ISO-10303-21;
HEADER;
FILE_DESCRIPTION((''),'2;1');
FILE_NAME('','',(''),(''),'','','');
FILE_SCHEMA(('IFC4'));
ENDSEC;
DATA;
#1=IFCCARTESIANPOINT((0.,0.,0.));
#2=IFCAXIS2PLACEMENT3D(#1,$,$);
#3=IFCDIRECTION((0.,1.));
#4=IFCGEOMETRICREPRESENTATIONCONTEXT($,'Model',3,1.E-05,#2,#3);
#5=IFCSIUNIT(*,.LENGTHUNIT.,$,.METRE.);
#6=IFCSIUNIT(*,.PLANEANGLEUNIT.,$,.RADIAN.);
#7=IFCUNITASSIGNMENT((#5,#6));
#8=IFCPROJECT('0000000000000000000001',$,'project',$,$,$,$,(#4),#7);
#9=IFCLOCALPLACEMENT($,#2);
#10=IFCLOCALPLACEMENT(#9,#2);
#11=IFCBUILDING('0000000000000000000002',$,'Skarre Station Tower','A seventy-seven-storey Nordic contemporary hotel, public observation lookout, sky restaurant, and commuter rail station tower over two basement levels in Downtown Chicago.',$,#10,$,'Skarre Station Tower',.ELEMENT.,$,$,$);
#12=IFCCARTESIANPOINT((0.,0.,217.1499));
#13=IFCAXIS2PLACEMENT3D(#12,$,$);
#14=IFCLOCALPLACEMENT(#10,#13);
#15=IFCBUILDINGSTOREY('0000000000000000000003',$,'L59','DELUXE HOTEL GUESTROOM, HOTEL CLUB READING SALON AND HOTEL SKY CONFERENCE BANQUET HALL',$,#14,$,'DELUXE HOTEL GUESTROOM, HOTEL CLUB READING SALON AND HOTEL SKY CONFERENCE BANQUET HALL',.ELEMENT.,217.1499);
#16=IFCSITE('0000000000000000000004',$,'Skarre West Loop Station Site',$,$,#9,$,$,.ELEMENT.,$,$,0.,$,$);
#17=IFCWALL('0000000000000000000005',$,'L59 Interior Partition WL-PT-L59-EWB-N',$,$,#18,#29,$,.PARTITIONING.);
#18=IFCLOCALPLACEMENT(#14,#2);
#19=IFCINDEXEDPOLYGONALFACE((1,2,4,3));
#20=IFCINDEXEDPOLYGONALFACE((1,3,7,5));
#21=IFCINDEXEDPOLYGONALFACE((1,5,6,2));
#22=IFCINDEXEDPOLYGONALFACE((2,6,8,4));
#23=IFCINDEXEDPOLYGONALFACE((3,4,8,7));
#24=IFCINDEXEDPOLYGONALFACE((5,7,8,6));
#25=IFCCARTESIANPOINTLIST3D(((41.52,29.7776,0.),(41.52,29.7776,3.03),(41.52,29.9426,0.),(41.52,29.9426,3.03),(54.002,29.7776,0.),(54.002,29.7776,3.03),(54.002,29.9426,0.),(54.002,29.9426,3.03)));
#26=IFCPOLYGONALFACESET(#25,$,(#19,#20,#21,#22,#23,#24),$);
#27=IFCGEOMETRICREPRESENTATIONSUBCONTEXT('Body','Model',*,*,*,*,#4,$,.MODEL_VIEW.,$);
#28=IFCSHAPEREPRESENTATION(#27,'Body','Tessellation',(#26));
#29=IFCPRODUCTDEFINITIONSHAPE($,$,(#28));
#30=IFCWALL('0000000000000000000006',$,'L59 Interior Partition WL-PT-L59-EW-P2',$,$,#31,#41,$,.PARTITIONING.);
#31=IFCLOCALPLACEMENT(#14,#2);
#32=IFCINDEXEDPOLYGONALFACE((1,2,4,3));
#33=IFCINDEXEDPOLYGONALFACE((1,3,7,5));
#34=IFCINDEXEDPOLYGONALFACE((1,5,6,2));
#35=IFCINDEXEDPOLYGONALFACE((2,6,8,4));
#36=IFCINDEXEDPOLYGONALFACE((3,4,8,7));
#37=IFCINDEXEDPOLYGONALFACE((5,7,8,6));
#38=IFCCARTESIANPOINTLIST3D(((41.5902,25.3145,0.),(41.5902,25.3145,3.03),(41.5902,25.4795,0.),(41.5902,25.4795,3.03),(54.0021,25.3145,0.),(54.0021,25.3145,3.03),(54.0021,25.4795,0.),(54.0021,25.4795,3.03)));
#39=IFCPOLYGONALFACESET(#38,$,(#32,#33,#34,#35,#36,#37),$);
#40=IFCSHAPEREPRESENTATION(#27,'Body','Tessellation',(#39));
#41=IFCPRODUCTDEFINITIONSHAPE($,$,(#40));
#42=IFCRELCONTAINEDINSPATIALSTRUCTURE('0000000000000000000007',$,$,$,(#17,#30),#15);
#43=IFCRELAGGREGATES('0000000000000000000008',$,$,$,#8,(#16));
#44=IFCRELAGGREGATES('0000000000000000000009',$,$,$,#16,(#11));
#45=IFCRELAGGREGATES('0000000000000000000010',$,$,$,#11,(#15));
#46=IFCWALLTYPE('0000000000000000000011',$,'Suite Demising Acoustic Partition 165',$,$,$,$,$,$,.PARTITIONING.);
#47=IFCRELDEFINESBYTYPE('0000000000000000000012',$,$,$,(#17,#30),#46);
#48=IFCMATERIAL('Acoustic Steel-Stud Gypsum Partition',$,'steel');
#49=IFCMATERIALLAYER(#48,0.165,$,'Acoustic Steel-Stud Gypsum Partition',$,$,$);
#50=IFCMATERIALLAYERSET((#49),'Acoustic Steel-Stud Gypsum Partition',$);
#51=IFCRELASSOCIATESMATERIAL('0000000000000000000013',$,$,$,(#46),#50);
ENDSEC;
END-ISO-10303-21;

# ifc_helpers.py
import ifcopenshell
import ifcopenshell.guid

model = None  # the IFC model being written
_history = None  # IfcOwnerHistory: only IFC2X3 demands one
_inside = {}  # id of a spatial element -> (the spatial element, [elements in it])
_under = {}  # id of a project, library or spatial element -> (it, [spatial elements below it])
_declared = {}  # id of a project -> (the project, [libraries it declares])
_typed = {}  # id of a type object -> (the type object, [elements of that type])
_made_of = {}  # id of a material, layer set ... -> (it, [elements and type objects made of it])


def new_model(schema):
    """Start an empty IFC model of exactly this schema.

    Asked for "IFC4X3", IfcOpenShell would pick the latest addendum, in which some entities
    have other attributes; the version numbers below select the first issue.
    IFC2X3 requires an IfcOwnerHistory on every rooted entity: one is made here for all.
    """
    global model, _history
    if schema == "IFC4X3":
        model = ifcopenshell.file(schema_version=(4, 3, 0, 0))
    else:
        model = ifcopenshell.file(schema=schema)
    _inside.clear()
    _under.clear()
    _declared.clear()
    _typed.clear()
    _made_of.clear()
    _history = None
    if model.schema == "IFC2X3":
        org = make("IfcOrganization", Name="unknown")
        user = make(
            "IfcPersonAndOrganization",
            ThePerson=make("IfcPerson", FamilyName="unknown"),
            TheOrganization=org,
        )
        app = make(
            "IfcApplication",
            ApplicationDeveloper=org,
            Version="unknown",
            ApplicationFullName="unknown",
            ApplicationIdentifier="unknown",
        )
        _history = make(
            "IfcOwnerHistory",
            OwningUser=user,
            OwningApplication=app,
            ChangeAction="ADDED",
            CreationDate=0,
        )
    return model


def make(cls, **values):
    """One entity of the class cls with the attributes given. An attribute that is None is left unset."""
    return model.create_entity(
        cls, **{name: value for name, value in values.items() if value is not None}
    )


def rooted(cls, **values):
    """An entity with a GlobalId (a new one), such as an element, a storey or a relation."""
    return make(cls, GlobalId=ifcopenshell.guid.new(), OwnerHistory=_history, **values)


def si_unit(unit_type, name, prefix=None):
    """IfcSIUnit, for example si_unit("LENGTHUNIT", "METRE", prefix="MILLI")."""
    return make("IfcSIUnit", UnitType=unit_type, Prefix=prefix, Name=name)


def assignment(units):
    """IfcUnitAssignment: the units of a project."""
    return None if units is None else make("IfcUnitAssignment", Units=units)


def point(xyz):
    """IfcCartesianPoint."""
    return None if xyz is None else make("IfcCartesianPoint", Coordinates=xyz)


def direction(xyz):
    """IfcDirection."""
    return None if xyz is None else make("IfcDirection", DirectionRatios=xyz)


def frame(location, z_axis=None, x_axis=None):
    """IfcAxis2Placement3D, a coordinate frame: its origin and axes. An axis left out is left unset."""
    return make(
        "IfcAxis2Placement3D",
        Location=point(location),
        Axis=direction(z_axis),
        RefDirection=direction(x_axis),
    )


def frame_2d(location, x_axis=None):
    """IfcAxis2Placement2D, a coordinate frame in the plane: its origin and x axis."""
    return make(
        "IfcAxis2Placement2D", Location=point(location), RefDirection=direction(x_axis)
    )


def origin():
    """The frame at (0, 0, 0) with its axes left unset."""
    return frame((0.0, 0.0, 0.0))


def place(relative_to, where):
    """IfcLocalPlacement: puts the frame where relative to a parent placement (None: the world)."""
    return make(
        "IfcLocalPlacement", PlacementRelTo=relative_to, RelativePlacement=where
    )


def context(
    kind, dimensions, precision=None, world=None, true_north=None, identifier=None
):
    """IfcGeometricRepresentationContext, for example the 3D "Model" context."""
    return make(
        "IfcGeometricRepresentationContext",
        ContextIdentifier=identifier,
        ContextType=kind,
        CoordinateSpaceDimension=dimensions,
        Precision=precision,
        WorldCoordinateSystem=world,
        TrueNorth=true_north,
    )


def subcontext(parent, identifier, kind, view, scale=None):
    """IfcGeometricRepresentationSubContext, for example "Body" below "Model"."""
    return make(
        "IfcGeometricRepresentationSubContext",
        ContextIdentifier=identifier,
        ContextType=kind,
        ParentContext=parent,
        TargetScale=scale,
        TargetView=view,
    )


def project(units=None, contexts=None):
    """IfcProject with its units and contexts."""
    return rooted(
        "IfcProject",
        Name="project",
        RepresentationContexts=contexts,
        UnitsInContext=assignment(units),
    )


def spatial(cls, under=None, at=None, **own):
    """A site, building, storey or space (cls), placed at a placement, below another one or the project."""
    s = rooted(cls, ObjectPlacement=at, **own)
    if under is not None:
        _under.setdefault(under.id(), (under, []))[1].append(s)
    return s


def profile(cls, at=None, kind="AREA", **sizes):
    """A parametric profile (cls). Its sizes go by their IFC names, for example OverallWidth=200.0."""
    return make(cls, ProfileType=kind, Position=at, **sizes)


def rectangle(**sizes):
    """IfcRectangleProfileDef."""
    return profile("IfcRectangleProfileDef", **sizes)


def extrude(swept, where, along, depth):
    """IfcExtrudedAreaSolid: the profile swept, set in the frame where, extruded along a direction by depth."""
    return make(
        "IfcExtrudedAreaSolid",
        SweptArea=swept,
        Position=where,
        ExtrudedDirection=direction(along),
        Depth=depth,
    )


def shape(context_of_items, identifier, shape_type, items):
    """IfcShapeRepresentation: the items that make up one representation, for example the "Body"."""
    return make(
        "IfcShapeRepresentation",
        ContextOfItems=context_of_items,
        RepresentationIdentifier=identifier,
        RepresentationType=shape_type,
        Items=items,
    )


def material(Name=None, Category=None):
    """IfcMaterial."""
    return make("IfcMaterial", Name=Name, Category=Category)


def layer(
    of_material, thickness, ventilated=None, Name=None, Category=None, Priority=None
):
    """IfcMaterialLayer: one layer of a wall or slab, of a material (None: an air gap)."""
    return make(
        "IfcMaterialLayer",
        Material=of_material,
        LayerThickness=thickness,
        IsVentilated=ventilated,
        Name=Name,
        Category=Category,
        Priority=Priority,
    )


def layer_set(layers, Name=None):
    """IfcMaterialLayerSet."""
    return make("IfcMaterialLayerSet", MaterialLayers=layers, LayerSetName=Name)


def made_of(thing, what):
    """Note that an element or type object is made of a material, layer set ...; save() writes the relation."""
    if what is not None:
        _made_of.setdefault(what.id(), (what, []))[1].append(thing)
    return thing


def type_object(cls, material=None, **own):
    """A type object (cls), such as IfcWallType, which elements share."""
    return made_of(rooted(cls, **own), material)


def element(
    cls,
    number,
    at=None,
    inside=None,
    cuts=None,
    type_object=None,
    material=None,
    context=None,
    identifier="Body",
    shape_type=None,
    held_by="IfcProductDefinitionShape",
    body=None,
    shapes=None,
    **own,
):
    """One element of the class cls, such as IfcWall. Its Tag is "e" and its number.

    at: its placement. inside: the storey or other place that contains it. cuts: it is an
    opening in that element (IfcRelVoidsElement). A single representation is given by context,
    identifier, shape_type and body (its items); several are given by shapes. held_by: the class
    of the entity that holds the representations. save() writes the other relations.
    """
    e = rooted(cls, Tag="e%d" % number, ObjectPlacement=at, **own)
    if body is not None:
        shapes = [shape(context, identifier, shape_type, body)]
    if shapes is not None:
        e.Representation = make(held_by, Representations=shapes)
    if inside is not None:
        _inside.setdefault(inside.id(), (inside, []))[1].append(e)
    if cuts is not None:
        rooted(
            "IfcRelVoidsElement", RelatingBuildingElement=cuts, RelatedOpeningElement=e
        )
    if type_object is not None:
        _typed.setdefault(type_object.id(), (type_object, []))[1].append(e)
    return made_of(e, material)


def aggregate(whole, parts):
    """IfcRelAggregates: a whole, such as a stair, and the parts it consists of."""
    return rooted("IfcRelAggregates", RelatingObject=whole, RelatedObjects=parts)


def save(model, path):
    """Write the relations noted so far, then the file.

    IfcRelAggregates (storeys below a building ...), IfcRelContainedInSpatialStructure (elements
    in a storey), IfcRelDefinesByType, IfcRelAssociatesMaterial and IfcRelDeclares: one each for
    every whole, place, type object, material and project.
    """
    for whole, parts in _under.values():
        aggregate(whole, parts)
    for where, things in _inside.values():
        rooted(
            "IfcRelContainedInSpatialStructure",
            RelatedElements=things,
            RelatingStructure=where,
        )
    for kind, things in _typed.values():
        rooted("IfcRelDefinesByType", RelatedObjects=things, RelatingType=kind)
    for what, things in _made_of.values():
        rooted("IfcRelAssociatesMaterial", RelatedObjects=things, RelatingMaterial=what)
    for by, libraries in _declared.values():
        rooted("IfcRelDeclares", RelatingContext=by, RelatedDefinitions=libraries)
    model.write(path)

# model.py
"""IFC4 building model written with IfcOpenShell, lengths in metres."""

from ifc_helpers import new_model, si_unit, direction, frame, frame_2d, origin, place, context, subcontext, project, spatial, rectangle, extrude, material, layer, layer_set, type_object, element, save


model = new_model("IFC4")

# Units and contexts
model_context = context("Model", 3, precision=1e-05, world=origin(), true_north=direction((0.0, 1.0)))
body_context = subcontext(model_context, "Body", "Model", "MODEL_VIEW")
ifc_project = project(units=[si_unit("LENGTHUNIT", "METRE"), si_unit("PLANEANGLEUNIT", "RADIAN")], contexts=[model_context])

# Site, building, storey
site_placement = place(None, origin())
site = spatial("IfcSite", under=ifc_project, at=site_placement, Name="Skarre West Loop Station Site", CompositionType="ELEMENT", RefElevation=0.0)
building_placement = place(site_placement, origin())
building = spatial("IfcBuilding", under=site, at=building_placement, Name="Skarre Station Tower", Description="A seventy-seven-storey Nordic contemporary hotel, public observation lookout, sky restaurant, and commuter rail station tower over two basement levels in Downtown Chicago.", LongName="Skarre Station Tower", CompositionType="ELEMENT")
storey_placement = place(building_placement, frame((0.0, 0.0, 217.1499)))
storey = spatial("IfcBuildingStorey", under=building, at=storey_placement, Name="L59", Description="DELUXE HOTEL GUESTROOM, HOTEL CLUB READING SALON AND HOTEL SKY CONFERENCE BANQUET HALL", LongName="DELUXE HOTEL GUESTROOM, HOTEL CLUB READING SALON AND HOTEL SKY CONFERENCE BANQUET HALL", CompositionType="ELEMENT", Elevation=217.1499)

# Shared definitions
ifc_material_1 = material(Name="Acoustic Steel-Stud Gypsum Partition", Category="steel")

# Walls
ifc_layer_1 = layer(ifc_material_1, 0.165, Name="Acoustic Steel-Stud Gypsum Partition")
ifc_layer_set_1 = layer_set([ifc_layer_1], Name="Acoustic Steel-Stud Gypsum Partition")
wall_type_1 = type_object("IfcWallType", Name="Suite Demising Acoustic Partition 165", PredefinedType="PARTITIONING", material=ifc_layer_set_1)
wall_1_placement = place(storey_placement, frame((41.52, 29.8601, 0.0), z_axis=(0.0, 0.0, 1.0), x_axis=(1.0, 0.0, 0.0)))
element("IfcWall", 1, at=wall_1_placement, inside=storey, type_object=wall_type_1, Name="L59 Interior Partition WL-PT-L59-EWB-N", PredefinedType="PARTITIONING", context=body_context, shape_type="SweptSolid", body=[
    extrude(rectangle(XDim=12.4819, YDim=0.165, at=frame_2d((6.241, 0.0))), origin(), (0.0, 0.0, 1.0), 3.03),
])
wall_2_placement = place(storey_placement, frame((41.5901, 25.397, 0.0), z_axis=(0.0, 0.0, 1.0), x_axis=(1.0, 0.0, 0.0)))
element("IfcWall", 2, at=wall_2_placement, inside=storey, type_object=wall_type_1, Name="L59 Interior Partition WL-PT-L59-EW-P2", PredefinedType="PARTITIONING", context=body_context, shape_type="SweptSolid", body=[
    extrude(rectangle(XDim=12.4119, YDim=0.165, at=frame_2d((6.2061, 0.0))), origin(), (0.0, 0.0, 1.0), 3.03),
])

save(model, "model.ifc")
